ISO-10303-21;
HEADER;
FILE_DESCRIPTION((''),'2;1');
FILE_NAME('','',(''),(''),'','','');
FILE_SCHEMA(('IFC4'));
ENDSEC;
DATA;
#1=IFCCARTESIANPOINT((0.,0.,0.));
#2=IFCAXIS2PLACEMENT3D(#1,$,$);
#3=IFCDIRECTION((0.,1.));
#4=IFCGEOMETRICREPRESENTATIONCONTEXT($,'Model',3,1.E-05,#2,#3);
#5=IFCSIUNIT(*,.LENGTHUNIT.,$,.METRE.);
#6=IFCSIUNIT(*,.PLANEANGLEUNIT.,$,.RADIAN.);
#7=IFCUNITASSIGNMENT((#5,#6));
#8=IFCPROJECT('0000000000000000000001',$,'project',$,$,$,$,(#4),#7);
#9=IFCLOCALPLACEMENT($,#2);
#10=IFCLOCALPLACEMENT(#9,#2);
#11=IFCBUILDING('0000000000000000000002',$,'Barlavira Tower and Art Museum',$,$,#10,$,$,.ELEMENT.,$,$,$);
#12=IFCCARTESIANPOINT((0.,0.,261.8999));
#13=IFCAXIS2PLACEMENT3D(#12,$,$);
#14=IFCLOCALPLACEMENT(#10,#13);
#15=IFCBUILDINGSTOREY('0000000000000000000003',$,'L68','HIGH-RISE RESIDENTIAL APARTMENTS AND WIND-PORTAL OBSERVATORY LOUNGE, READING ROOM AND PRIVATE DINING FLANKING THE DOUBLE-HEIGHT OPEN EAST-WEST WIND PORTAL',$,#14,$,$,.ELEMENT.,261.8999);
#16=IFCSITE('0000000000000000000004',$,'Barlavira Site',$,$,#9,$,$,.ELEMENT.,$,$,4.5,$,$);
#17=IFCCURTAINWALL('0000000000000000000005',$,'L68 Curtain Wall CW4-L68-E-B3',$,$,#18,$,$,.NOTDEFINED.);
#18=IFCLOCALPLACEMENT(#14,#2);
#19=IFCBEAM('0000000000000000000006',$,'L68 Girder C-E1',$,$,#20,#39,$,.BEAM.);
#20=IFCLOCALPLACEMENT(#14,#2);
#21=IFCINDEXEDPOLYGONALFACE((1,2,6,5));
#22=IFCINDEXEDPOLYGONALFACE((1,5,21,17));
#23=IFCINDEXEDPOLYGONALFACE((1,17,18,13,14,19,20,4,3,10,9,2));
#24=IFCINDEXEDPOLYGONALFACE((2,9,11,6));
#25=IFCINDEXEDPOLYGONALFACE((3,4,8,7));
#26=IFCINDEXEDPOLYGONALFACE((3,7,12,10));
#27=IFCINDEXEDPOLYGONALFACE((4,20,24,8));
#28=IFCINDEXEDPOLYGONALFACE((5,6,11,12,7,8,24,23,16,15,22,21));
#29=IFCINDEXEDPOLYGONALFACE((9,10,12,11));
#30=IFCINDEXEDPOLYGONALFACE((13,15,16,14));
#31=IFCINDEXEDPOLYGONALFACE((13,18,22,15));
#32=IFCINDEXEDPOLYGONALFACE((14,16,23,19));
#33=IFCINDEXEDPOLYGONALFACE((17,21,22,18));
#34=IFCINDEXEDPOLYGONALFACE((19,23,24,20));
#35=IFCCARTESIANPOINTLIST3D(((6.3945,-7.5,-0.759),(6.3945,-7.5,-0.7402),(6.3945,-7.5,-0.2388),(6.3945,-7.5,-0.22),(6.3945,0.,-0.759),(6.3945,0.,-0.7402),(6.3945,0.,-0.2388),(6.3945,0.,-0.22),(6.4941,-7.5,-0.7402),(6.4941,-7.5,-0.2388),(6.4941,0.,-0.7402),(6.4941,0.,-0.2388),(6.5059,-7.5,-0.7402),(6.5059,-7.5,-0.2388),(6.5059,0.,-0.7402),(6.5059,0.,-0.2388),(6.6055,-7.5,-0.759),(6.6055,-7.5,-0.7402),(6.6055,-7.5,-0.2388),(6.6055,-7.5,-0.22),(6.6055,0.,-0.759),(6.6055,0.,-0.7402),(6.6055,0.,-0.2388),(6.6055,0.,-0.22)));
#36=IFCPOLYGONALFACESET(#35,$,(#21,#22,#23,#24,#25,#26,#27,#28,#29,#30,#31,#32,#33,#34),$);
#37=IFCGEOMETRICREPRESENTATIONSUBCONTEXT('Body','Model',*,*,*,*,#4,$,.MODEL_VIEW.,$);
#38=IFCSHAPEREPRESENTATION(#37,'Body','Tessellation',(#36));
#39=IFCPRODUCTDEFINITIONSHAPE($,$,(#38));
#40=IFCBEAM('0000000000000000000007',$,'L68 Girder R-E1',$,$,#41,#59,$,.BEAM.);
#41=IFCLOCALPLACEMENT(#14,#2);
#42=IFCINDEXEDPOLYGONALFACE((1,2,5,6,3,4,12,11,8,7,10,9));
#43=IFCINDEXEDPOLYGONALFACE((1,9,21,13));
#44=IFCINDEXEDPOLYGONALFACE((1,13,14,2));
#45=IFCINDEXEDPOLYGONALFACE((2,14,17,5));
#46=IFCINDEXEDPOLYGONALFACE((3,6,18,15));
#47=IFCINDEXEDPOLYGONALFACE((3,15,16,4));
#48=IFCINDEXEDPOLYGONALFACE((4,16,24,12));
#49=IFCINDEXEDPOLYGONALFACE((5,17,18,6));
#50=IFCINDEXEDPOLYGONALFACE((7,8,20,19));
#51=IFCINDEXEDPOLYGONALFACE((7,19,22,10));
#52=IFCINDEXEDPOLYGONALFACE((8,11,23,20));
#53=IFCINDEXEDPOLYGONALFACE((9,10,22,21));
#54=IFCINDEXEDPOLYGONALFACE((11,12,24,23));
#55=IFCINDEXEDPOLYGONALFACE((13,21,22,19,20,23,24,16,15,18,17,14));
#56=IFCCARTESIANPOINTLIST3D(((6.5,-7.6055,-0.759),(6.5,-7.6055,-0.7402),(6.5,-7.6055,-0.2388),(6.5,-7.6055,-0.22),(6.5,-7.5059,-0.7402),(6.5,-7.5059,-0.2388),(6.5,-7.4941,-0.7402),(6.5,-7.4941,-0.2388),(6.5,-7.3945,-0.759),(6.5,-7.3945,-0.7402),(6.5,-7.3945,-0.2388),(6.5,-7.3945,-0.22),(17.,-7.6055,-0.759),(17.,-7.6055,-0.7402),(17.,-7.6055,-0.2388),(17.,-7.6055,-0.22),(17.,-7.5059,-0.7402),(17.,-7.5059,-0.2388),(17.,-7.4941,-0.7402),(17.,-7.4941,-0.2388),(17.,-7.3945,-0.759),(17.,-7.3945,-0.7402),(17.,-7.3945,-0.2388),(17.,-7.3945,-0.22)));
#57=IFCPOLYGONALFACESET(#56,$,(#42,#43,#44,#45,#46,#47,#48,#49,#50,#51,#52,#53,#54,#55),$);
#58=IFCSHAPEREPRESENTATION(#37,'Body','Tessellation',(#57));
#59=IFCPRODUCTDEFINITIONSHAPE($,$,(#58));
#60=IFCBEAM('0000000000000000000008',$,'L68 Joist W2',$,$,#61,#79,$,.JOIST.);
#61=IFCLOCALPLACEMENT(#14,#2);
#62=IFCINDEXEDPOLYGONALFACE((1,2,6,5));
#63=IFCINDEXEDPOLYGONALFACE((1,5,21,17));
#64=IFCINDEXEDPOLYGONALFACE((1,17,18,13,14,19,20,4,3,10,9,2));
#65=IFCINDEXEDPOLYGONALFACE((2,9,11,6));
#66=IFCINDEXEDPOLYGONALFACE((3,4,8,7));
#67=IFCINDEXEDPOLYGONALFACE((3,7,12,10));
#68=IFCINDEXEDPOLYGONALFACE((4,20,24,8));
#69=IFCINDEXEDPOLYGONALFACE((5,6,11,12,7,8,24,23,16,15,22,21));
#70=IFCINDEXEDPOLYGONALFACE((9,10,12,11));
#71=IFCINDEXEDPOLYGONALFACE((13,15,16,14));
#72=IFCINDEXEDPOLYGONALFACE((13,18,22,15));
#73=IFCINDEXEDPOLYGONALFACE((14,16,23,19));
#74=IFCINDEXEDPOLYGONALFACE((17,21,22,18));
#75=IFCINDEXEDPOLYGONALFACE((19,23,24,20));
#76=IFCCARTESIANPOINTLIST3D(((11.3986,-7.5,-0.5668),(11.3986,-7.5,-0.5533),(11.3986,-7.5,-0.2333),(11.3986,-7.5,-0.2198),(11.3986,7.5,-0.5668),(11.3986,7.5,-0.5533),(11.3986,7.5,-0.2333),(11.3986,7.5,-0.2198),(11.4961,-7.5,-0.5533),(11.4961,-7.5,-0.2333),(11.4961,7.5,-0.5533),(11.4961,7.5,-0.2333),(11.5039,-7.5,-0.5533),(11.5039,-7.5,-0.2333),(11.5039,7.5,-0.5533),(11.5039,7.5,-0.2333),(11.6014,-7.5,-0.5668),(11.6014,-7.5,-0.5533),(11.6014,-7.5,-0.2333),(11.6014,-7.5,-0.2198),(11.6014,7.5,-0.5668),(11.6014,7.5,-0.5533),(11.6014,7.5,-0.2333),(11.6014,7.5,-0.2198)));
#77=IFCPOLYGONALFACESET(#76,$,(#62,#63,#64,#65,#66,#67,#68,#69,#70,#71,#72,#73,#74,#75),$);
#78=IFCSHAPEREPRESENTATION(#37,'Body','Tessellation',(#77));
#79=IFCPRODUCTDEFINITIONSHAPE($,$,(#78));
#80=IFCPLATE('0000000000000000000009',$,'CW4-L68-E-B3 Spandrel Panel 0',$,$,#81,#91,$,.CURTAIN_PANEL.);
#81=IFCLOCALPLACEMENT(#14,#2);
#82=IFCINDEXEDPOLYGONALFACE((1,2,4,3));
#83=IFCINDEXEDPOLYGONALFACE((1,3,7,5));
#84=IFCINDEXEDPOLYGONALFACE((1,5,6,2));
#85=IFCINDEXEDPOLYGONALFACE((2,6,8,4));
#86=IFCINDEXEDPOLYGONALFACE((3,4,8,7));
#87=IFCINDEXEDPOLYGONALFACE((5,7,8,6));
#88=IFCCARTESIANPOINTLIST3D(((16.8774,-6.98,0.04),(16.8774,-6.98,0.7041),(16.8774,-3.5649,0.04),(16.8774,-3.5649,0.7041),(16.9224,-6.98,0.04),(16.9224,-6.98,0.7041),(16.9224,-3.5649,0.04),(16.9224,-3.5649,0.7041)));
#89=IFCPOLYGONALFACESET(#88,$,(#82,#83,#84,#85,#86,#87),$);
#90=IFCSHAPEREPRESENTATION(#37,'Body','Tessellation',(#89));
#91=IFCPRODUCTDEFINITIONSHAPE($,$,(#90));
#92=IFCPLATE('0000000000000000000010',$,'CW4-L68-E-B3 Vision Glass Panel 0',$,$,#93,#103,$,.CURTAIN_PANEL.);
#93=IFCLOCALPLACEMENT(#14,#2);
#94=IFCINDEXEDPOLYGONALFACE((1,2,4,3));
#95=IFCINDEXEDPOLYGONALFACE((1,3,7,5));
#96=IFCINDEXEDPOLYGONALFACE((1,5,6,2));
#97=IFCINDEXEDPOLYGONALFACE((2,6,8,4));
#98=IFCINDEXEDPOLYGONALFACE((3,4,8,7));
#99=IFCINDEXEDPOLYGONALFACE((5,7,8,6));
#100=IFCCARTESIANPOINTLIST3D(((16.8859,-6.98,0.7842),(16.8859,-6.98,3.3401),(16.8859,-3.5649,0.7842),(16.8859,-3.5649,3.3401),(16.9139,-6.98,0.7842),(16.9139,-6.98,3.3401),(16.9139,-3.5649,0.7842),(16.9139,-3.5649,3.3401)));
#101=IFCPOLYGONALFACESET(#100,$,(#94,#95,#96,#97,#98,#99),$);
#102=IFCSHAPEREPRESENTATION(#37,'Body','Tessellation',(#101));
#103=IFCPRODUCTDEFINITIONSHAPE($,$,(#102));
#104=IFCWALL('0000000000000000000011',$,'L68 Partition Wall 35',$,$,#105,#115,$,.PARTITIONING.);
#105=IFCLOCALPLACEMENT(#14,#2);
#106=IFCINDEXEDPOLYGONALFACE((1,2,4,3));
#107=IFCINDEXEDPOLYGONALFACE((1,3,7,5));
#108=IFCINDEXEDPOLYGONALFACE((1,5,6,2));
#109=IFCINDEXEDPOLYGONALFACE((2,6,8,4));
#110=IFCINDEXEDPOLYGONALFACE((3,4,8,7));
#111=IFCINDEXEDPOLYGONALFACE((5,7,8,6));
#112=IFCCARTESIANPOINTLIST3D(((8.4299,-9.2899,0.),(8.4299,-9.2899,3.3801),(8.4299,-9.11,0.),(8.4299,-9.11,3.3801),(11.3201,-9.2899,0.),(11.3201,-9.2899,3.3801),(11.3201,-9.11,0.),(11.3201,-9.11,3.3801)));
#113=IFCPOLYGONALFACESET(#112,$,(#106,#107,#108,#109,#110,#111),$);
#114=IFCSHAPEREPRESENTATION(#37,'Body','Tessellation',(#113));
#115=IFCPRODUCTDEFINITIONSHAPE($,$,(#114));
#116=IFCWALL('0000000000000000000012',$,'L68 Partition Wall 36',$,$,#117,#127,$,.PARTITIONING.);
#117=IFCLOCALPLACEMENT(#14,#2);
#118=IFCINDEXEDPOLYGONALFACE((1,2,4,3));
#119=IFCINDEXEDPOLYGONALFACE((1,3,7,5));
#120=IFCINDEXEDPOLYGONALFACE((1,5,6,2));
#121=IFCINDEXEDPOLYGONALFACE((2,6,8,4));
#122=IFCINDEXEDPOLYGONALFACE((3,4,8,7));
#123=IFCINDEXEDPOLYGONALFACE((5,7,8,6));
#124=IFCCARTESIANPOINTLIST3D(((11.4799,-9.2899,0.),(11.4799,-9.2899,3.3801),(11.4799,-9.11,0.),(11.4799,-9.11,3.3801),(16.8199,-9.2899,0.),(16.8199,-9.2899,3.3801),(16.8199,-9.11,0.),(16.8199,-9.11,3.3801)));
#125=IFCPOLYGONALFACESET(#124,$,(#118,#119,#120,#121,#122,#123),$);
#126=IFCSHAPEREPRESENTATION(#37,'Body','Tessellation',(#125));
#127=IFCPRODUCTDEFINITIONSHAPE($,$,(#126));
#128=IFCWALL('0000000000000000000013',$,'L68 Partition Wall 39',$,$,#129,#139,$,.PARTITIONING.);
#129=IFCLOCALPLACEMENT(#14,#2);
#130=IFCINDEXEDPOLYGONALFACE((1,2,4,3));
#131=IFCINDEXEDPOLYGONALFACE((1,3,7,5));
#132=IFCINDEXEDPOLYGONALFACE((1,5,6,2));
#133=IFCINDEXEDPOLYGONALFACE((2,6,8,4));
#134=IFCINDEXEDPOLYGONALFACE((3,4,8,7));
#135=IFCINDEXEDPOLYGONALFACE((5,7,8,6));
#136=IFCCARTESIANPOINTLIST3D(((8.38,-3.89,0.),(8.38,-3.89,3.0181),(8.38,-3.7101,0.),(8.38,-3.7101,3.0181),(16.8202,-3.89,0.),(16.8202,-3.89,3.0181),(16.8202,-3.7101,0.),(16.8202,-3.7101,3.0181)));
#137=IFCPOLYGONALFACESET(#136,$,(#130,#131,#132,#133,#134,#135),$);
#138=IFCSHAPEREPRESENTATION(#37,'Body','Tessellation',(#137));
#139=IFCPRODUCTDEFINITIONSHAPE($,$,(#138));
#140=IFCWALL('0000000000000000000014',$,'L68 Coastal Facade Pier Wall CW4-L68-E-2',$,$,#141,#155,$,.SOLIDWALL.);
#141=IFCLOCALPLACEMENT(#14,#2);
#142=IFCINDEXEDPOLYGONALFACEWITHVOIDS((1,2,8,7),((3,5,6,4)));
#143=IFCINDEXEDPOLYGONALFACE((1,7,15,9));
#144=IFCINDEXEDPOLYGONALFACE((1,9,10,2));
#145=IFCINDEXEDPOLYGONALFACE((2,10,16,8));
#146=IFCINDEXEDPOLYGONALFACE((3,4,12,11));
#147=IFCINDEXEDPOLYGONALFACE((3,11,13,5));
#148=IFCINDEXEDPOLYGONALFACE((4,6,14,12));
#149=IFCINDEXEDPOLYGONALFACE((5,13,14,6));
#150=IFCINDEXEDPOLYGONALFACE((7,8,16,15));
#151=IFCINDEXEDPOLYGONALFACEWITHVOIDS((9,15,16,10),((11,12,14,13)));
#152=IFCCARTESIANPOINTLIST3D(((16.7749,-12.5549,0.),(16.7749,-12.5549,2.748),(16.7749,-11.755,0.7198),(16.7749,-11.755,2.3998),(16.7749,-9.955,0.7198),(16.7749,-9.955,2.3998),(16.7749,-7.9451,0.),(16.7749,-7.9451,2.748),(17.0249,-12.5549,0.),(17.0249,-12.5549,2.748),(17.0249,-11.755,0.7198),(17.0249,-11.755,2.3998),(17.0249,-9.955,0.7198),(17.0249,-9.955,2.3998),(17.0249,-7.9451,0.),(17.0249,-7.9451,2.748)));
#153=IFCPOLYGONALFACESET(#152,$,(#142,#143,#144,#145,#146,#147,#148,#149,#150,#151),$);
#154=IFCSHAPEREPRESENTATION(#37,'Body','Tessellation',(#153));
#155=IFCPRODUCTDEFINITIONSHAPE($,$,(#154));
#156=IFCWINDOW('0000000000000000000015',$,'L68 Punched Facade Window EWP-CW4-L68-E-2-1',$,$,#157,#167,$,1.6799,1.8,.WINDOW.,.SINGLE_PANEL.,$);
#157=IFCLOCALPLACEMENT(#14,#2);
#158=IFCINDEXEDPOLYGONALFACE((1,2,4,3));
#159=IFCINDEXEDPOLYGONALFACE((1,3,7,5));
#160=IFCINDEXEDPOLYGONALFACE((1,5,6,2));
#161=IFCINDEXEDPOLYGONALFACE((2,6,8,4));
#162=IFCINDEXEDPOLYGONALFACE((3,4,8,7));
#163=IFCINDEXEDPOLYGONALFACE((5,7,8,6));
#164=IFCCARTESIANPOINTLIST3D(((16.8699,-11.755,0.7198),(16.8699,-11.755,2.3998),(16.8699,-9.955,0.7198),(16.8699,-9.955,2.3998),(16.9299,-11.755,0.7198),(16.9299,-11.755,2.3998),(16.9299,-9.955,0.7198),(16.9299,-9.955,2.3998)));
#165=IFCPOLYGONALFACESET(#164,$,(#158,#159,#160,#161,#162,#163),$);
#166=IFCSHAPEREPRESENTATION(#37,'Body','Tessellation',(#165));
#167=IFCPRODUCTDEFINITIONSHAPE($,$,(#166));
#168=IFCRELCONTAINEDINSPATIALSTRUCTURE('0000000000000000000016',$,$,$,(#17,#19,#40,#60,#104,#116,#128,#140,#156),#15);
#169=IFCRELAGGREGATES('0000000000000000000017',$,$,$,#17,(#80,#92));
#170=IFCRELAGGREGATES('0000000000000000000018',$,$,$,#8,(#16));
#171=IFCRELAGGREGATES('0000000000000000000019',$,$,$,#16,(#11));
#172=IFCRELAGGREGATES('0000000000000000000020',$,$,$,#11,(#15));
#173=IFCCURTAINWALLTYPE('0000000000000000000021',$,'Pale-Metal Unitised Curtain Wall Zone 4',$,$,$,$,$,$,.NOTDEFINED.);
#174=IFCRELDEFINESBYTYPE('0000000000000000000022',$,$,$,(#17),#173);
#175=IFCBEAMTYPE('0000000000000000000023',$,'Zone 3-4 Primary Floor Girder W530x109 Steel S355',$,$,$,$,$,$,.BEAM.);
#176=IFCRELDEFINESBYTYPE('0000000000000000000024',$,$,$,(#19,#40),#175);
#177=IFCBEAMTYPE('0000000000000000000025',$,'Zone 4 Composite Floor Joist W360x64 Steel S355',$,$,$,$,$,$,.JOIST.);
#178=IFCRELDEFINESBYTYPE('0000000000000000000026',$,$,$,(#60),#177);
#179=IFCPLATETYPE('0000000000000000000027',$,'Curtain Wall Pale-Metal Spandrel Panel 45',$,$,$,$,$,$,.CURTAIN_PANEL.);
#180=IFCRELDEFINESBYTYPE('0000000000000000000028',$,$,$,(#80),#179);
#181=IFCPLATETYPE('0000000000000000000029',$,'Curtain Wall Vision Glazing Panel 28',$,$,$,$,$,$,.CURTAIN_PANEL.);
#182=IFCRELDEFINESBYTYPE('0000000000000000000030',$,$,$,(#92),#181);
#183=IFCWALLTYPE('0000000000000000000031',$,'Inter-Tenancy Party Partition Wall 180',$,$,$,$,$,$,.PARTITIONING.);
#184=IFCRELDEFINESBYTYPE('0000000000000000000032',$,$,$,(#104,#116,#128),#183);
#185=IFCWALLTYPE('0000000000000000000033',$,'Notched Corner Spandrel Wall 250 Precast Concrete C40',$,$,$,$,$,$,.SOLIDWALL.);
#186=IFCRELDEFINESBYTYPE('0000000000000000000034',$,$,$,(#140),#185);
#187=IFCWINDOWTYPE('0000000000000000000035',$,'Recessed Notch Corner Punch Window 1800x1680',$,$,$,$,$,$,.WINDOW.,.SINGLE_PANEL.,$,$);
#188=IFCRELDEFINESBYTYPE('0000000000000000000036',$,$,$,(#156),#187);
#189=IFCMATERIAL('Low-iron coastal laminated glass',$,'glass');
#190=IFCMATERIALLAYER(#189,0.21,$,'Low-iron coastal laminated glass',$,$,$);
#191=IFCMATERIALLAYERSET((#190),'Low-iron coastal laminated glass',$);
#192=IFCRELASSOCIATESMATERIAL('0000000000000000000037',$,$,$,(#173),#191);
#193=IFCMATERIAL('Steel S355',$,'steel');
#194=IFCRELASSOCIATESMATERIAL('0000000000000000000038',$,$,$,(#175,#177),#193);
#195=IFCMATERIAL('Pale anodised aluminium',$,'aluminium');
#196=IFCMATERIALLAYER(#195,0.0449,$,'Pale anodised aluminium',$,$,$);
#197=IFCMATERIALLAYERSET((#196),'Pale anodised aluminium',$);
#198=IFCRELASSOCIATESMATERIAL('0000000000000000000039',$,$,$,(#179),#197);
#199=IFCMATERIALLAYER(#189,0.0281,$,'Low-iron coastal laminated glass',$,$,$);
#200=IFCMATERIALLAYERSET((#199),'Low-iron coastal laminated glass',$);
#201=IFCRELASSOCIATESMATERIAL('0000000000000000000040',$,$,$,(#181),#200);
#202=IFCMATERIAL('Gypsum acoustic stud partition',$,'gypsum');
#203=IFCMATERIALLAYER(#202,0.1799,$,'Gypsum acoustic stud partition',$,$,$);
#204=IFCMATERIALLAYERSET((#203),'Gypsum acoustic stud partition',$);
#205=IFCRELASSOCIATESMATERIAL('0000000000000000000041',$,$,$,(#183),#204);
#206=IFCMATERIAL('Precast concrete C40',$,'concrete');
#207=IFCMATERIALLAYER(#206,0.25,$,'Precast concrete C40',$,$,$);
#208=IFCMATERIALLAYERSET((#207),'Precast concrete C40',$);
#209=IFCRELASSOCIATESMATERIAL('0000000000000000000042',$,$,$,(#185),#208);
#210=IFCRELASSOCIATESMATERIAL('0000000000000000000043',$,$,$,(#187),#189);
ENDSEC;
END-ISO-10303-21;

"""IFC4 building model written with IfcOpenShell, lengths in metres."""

from ifc_helpers import new_model, si_unit, direction, frame, frame_2d, origin, origin_2d, place, context, subcontext, project, spatial, rectangle, i_section, extrude, material, layer, layer_set, material_profile, profile_set, type_object, element, fill, aggregate, save


model = new_model("IFC4")

# Units and contexts
model_context = context("Model", 3, precision=1e-05, world=origin(), true_north=direction((0.0, 1.0)))
body_context = subcontext(model_context, "Body", "Model", "MODEL_VIEW")
ifc_project = project(units=[si_unit("LENGTHUNIT", "METRE"), si_unit("PLANEANGLEUNIT", "RADIAN")], contexts=[model_context])

# Site, building, storey
site_placement = place(None, origin())
site = spatial("IfcSite", under=ifc_project, at=site_placement, Name="Barlavira Site", CompositionType="ELEMENT", RefElevation=4.5)
building_placement = place(site_placement, origin())
building = spatial("IfcBuilding", under=site, at=building_placement, Name="Barlavira Tower and Art Museum", CompositionType="ELEMENT")
storey_placement = place(building_placement, frame((0.0, 0.0, 261.8999)))
storey = spatial("IfcBuildingStorey", under=building, at=storey_placement, Name="L68", Description="HIGH-RISE RESIDENTIAL APARTMENTS AND WIND-PORTAL OBSERVATORY LOUNGE, READING ROOM AND PRIVATE DINING FLANKING THE DOUBLE-HEIGHT OPEN EAST-WEST WIND PORTAL", CompositionType="ELEMENT", Elevation=261.8999)

# Shared definitions
ifc_material_1 = material(Name="Steel S355", Category="steel")

# Curtain wall
ifc_material_2 = material(Name="Low-iron coastal laminated glass", Category="glass")
ifc_layer_1 = layer(ifc_material_2, 0.21, Name="Low-iron coastal laminated glass")
ifc_layer_set_1 = layer_set([ifc_layer_1], Name="Low-iron coastal laminated glass")
curtain_wall_type = type_object("IfcCurtainWallType", Name="Pale-Metal Unitised Curtain Wall Zone 4", PredefinedType="NOTDEFINED", material=ifc_layer_set_1)
curtain_wall_placement = place(storey_placement, origin())
curtain_wall = element("IfcCurtainWall", 1, at=curtain_wall_placement, inside=storey, type_object=curtain_wall_type, Name="L68 Curtain Wall CW4-L68-E-B3", PredefinedType="NOTDEFINED")
ifc_material_3 = material(Name="Pale anodised aluminium", Category="aluminium")

# Beams
ifc_material_profile_1 = material_profile(ifc_material_1, i_section(OverallWidth=0.2109, OverallDepth=0.5391, WebThickness=0.0117, FlangeThickness=0.0188, at=origin_2d()), Name="W530x109.0")
ifc_profile_set_1 = profile_set([ifc_material_profile_1], Name="Steel S355")
beam_type_1 = type_object("IfcBeamType", Name="Zone 3-4 Primary Floor Girder W530x109 Steel S355", PredefinedType="BEAM", material=ifc_profile_set_1)
beam_1_placement = place(storey_placement, frame((6.5, -7.5, -0.4895), z_axis=(0.0, 1.0, 0.0), x_axis=(-1.0, 0.0, 0.0)))
element("IfcBeam", 2, at=beam_1_placement, inside=storey, type_object=beam_type_1, Name="L68 Girder C-E1", PredefinedType="BEAM", context=body_context, shape_type="SweptSolid", body=[
    extrude(i_section(OverallWidth=0.2109, OverallDepth=0.5391, WebThickness=0.0117, FlangeThickness=0.0188, at=origin_2d()), origin(), (0.0, 0.0, 1.0), 7.5),
])
beam_2_placement = place(storey_placement, frame((6.5, -7.5, -0.4895), z_axis=(1.0, 0.0, 0.0), x_axis=(0.0, 1.0, 0.0)))
element("IfcBeam", 3, at=beam_2_placement, inside=storey, type_object=beam_type_1, Name="L68 Girder R-E1", PredefinedType="BEAM", context=body_context, shape_type="SweptSolid", body=[
    extrude(i_section(OverallWidth=0.2109, OverallDepth=0.5391, WebThickness=0.0117, FlangeThickness=0.0188, at=origin_2d()), origin(), (0.0, 0.0, 1.0), 10.5),
])
ifc_material_profile_2 = material_profile(ifc_material_1, i_section(OverallWidth=0.2029, OverallDepth=0.3469, WebThickness=0.0078, FlangeThickness=0.0134, at=origin_2d()), Name="W360x64.0")
ifc_profile_set_2 = profile_set([ifc_material_profile_2], Name="Steel S355")
beam_type_2 = type_object("IfcBeamType", Name="Zone 4 Composite Floor Joist W360x64 Steel S355", PredefinedType="JOIST", material=ifc_profile_set_2)
beam_3_placement = place(storey_placement, frame((11.5, -7.5, -0.3933), z_axis=(0.0, 1.0, 0.0), x_axis=(-1.0, 0.0, 0.0)))
element("IfcBeam", 4, at=beam_3_placement, inside=storey, type_object=beam_type_2, Name="L68 Joist W2", PredefinedType="JOIST", context=body_context, shape_type="SweptSolid", body=[
    extrude(i_section(OverallWidth=0.2029, OverallDepth=0.3469, WebThickness=0.0078, FlangeThickness=0.0134, at=origin_2d()), origin(), (0.0, 0.0, 1.0), 15.0),
])

# Plates
ifc_layer_2 = layer(ifc_material_3, 0.0449, Name="Pale anodised aluminium")
ifc_layer_set_2 = layer_set([ifc_layer_2], Name="Pale anodised aluminium")
plate_type_1 = type_object("IfcPlateType", Name="Curtain Wall Pale-Metal Spandrel Panel 45", PredefinedType="CURTAIN_PANEL", material=ifc_layer_set_2)
plate_1_placement = place(storey_placement, frame((16.8999, -5.2725, 0.04), z_axis=(0.0, 0.0, 1.0), x_axis=(0.0, 1.0, 0.0)))
plate_1 = element("IfcPlate", 5, at=plate_1_placement, type_object=plate_type_1, Name="CW4-L68-E-B3 Spandrel Panel 0", PredefinedType="CURTAIN_PANEL", context=body_context, shape_type="SweptSolid", body=[
    extrude(rectangle(XDim=3.415, YDim=0.0449, at=origin_2d()), origin(), (0.0, 0.0, 1.0), 0.6641),
])
ifc_layer_3 = layer(ifc_material_2, 0.0281, Name="Low-iron coastal laminated glass")
ifc_layer_set_3 = layer_set([ifc_layer_3], Name="Low-iron coastal laminated glass")
plate_type_2 = type_object("IfcPlateType", Name="Curtain Wall Vision Glazing Panel 28", PredefinedType="CURTAIN_PANEL", material=ifc_layer_set_3)
plate_2_placement = place(storey_placement, frame((16.8999, -5.2725, 0.7842), z_axis=(0.0, 0.0, 1.0), x_axis=(0.0, 1.0, 0.0)))
plate_2 = element("IfcPlate", 6, at=plate_2_placement, type_object=plate_type_2, Name="CW4-L68-E-B3 Vision Glass Panel 0", PredefinedType="CURTAIN_PANEL", context=body_context, shape_type="SweptSolid", body=[
    extrude(rectangle(XDim=3.415, YDim=0.0281, at=origin_2d()), origin(), (0.0, 0.0, 1.0), 2.5559),
])
aggregate(curtain_wall, [plate_1, plate_2])

# Shared definitions
ifc_material_4 = material(Name="Gypsum acoustic stud partition", Category="gypsum")
ifc_layer_4 = layer(ifc_material_4, 0.1799, Name="Gypsum acoustic stud partition")
ifc_layer_set_4 = layer_set([ifc_layer_4], Name="Gypsum acoustic stud partition")
wall_type_1 = type_object("IfcWallType", Name="Inter-Tenancy Party Partition Wall 180", PredefinedType="PARTITIONING", material=ifc_layer_set_4)

# Walls
wall_1_placement = place(storey_placement, frame((8.4299, -9.2, 0.0), z_axis=(0.0, 0.0, 1.0), x_axis=(1.0, 0.0, 0.0)))
element("IfcWall", 7, at=wall_1_placement, inside=storey, type_object=wall_type_1, Name="L68 Partition Wall 35", PredefinedType="PARTITIONING", context=body_context, shape_type="SweptSolid", body=[
    extrude(rectangle(XDim=2.8901, YDim=0.1799, at=frame_2d((1.4451, 0.0))), origin(), (0.0, 0.0, 1.0), 3.3801),
])
wall_2_placement = place(storey_placement, frame((11.48, -9.2, 0.0), z_axis=(0.0, 0.0, 1.0), x_axis=(1.0, 0.0, 0.0)))
element("IfcWall", 8, at=wall_2_placement, inside=storey, type_object=wall_type_1, Name="L68 Partition Wall 36", PredefinedType="PARTITIONING", context=body_context, shape_type="SweptSolid", body=[
    extrude(rectangle(XDim=5.3401, YDim=0.1799, at=frame_2d((2.6699, 0.0))), origin(), (0.0, 0.0, 1.0), 3.3801),
])

# Wall
wall_3_placement = place(storey_placement, frame((8.3799, -3.8, 0.0), z_axis=(0.0, 0.0, 1.0), x_axis=(1.0, 0.0, 0.0)))
element("IfcWall", 9, at=wall_3_placement, inside=storey, type_object=wall_type_1, Name="L68 Partition Wall 39", PredefinedType="PARTITIONING", context=body_context, shape_type="SweptSolid", body=[
    extrude(rectangle(XDim=8.4402, YDim=0.1799, at=frame_2d((4.2202, 0.0))), origin(), (0.0, 0.0, 1.0), 3.0181),
])

# Wall, opening, window
ifc_material_5 = material(Name="Precast concrete C40", Category="concrete")
ifc_layer_5 = layer(ifc_material_5, 0.25, Name="Precast concrete C40")
ifc_layer_set_5 = layer_set([ifc_layer_5], Name="Precast concrete C40")
wall_type_2 = type_object("IfcWallType", Name="Notched Corner Spandrel Wall 250 Precast Concrete C40", PredefinedType="SOLIDWALL", material=ifc_layer_set_5)
wall_4_placement = place(storey_placement, frame((16.8999, -12.5549, 0.0), z_axis=(0.0, 0.0, 1.0), x_axis=(0.0, 1.0, 0.0)))
wall_4 = element("IfcWall", 10, at=wall_4_placement, inside=storey, type_object=wall_type_2, Name="L68 Coastal Facade Pier Wall CW4-L68-E-2", PredefinedType="SOLIDWALL", context=body_context, shape_type="SweptSolid", body=[
    extrude(rectangle(XDim=4.6099, YDim=0.25, at=frame_2d((2.3049, 0.0))), origin(), (0.0, 0.0, 1.0), 2.748),
])
opening_1_placement = place(wall_4_placement, frame((0.8, 0.0, 0.72)))
opening_1 = element("IfcOpeningElement", 11, at=opening_1_placement, cuts=wall_4, PredefinedType="OPENING", context=body_context, shape_type="SweptSolid", body=[
    extrude(rectangle(XDim=1.8, YDim=1.6799, at=frame_2d((0.8999, 0.8398))), frame((0.0, 0.135, 0.0), z_axis=(0.0, -1.0, 0.0), x_axis=(1.0, 0.0, 0.0)), (0.0, 0.0, 1.0), 0.27),
])
window_type = type_object("IfcWindowType", Name="Recessed Notch Corner Punch Window 1800x1680", PartitioningType="SINGLE_PANEL", PredefinedType="WINDOW", material=ifc_material_2)
window_placement = place(opening_1_placement, origin())
window = element("IfcWindow", 12, at=window_placement, inside=storey, type_object=window_type, Name="L68 Punched Facade Window EWP-CW4-L68-E-2-1", OverallHeight=1.6799, OverallWidth=1.8, PartitioningType="SINGLE_PANEL", PredefinedType="WINDOW", context=body_context, shape_type="SweptSolid", body=[
    extrude(rectangle(XDim=1.8, YDim=1.6799, at=frame_2d((0.8999, 0.8398))), frame((0.0, 0.03, 0.0), z_axis=(0.0, -1.0, 0.0), x_axis=(1.0, 0.0, 0.0)), (0.0, 0.0, 1.0), 0.0601),
])
fill(opening_1, window)

save(model, "model.ifc")
